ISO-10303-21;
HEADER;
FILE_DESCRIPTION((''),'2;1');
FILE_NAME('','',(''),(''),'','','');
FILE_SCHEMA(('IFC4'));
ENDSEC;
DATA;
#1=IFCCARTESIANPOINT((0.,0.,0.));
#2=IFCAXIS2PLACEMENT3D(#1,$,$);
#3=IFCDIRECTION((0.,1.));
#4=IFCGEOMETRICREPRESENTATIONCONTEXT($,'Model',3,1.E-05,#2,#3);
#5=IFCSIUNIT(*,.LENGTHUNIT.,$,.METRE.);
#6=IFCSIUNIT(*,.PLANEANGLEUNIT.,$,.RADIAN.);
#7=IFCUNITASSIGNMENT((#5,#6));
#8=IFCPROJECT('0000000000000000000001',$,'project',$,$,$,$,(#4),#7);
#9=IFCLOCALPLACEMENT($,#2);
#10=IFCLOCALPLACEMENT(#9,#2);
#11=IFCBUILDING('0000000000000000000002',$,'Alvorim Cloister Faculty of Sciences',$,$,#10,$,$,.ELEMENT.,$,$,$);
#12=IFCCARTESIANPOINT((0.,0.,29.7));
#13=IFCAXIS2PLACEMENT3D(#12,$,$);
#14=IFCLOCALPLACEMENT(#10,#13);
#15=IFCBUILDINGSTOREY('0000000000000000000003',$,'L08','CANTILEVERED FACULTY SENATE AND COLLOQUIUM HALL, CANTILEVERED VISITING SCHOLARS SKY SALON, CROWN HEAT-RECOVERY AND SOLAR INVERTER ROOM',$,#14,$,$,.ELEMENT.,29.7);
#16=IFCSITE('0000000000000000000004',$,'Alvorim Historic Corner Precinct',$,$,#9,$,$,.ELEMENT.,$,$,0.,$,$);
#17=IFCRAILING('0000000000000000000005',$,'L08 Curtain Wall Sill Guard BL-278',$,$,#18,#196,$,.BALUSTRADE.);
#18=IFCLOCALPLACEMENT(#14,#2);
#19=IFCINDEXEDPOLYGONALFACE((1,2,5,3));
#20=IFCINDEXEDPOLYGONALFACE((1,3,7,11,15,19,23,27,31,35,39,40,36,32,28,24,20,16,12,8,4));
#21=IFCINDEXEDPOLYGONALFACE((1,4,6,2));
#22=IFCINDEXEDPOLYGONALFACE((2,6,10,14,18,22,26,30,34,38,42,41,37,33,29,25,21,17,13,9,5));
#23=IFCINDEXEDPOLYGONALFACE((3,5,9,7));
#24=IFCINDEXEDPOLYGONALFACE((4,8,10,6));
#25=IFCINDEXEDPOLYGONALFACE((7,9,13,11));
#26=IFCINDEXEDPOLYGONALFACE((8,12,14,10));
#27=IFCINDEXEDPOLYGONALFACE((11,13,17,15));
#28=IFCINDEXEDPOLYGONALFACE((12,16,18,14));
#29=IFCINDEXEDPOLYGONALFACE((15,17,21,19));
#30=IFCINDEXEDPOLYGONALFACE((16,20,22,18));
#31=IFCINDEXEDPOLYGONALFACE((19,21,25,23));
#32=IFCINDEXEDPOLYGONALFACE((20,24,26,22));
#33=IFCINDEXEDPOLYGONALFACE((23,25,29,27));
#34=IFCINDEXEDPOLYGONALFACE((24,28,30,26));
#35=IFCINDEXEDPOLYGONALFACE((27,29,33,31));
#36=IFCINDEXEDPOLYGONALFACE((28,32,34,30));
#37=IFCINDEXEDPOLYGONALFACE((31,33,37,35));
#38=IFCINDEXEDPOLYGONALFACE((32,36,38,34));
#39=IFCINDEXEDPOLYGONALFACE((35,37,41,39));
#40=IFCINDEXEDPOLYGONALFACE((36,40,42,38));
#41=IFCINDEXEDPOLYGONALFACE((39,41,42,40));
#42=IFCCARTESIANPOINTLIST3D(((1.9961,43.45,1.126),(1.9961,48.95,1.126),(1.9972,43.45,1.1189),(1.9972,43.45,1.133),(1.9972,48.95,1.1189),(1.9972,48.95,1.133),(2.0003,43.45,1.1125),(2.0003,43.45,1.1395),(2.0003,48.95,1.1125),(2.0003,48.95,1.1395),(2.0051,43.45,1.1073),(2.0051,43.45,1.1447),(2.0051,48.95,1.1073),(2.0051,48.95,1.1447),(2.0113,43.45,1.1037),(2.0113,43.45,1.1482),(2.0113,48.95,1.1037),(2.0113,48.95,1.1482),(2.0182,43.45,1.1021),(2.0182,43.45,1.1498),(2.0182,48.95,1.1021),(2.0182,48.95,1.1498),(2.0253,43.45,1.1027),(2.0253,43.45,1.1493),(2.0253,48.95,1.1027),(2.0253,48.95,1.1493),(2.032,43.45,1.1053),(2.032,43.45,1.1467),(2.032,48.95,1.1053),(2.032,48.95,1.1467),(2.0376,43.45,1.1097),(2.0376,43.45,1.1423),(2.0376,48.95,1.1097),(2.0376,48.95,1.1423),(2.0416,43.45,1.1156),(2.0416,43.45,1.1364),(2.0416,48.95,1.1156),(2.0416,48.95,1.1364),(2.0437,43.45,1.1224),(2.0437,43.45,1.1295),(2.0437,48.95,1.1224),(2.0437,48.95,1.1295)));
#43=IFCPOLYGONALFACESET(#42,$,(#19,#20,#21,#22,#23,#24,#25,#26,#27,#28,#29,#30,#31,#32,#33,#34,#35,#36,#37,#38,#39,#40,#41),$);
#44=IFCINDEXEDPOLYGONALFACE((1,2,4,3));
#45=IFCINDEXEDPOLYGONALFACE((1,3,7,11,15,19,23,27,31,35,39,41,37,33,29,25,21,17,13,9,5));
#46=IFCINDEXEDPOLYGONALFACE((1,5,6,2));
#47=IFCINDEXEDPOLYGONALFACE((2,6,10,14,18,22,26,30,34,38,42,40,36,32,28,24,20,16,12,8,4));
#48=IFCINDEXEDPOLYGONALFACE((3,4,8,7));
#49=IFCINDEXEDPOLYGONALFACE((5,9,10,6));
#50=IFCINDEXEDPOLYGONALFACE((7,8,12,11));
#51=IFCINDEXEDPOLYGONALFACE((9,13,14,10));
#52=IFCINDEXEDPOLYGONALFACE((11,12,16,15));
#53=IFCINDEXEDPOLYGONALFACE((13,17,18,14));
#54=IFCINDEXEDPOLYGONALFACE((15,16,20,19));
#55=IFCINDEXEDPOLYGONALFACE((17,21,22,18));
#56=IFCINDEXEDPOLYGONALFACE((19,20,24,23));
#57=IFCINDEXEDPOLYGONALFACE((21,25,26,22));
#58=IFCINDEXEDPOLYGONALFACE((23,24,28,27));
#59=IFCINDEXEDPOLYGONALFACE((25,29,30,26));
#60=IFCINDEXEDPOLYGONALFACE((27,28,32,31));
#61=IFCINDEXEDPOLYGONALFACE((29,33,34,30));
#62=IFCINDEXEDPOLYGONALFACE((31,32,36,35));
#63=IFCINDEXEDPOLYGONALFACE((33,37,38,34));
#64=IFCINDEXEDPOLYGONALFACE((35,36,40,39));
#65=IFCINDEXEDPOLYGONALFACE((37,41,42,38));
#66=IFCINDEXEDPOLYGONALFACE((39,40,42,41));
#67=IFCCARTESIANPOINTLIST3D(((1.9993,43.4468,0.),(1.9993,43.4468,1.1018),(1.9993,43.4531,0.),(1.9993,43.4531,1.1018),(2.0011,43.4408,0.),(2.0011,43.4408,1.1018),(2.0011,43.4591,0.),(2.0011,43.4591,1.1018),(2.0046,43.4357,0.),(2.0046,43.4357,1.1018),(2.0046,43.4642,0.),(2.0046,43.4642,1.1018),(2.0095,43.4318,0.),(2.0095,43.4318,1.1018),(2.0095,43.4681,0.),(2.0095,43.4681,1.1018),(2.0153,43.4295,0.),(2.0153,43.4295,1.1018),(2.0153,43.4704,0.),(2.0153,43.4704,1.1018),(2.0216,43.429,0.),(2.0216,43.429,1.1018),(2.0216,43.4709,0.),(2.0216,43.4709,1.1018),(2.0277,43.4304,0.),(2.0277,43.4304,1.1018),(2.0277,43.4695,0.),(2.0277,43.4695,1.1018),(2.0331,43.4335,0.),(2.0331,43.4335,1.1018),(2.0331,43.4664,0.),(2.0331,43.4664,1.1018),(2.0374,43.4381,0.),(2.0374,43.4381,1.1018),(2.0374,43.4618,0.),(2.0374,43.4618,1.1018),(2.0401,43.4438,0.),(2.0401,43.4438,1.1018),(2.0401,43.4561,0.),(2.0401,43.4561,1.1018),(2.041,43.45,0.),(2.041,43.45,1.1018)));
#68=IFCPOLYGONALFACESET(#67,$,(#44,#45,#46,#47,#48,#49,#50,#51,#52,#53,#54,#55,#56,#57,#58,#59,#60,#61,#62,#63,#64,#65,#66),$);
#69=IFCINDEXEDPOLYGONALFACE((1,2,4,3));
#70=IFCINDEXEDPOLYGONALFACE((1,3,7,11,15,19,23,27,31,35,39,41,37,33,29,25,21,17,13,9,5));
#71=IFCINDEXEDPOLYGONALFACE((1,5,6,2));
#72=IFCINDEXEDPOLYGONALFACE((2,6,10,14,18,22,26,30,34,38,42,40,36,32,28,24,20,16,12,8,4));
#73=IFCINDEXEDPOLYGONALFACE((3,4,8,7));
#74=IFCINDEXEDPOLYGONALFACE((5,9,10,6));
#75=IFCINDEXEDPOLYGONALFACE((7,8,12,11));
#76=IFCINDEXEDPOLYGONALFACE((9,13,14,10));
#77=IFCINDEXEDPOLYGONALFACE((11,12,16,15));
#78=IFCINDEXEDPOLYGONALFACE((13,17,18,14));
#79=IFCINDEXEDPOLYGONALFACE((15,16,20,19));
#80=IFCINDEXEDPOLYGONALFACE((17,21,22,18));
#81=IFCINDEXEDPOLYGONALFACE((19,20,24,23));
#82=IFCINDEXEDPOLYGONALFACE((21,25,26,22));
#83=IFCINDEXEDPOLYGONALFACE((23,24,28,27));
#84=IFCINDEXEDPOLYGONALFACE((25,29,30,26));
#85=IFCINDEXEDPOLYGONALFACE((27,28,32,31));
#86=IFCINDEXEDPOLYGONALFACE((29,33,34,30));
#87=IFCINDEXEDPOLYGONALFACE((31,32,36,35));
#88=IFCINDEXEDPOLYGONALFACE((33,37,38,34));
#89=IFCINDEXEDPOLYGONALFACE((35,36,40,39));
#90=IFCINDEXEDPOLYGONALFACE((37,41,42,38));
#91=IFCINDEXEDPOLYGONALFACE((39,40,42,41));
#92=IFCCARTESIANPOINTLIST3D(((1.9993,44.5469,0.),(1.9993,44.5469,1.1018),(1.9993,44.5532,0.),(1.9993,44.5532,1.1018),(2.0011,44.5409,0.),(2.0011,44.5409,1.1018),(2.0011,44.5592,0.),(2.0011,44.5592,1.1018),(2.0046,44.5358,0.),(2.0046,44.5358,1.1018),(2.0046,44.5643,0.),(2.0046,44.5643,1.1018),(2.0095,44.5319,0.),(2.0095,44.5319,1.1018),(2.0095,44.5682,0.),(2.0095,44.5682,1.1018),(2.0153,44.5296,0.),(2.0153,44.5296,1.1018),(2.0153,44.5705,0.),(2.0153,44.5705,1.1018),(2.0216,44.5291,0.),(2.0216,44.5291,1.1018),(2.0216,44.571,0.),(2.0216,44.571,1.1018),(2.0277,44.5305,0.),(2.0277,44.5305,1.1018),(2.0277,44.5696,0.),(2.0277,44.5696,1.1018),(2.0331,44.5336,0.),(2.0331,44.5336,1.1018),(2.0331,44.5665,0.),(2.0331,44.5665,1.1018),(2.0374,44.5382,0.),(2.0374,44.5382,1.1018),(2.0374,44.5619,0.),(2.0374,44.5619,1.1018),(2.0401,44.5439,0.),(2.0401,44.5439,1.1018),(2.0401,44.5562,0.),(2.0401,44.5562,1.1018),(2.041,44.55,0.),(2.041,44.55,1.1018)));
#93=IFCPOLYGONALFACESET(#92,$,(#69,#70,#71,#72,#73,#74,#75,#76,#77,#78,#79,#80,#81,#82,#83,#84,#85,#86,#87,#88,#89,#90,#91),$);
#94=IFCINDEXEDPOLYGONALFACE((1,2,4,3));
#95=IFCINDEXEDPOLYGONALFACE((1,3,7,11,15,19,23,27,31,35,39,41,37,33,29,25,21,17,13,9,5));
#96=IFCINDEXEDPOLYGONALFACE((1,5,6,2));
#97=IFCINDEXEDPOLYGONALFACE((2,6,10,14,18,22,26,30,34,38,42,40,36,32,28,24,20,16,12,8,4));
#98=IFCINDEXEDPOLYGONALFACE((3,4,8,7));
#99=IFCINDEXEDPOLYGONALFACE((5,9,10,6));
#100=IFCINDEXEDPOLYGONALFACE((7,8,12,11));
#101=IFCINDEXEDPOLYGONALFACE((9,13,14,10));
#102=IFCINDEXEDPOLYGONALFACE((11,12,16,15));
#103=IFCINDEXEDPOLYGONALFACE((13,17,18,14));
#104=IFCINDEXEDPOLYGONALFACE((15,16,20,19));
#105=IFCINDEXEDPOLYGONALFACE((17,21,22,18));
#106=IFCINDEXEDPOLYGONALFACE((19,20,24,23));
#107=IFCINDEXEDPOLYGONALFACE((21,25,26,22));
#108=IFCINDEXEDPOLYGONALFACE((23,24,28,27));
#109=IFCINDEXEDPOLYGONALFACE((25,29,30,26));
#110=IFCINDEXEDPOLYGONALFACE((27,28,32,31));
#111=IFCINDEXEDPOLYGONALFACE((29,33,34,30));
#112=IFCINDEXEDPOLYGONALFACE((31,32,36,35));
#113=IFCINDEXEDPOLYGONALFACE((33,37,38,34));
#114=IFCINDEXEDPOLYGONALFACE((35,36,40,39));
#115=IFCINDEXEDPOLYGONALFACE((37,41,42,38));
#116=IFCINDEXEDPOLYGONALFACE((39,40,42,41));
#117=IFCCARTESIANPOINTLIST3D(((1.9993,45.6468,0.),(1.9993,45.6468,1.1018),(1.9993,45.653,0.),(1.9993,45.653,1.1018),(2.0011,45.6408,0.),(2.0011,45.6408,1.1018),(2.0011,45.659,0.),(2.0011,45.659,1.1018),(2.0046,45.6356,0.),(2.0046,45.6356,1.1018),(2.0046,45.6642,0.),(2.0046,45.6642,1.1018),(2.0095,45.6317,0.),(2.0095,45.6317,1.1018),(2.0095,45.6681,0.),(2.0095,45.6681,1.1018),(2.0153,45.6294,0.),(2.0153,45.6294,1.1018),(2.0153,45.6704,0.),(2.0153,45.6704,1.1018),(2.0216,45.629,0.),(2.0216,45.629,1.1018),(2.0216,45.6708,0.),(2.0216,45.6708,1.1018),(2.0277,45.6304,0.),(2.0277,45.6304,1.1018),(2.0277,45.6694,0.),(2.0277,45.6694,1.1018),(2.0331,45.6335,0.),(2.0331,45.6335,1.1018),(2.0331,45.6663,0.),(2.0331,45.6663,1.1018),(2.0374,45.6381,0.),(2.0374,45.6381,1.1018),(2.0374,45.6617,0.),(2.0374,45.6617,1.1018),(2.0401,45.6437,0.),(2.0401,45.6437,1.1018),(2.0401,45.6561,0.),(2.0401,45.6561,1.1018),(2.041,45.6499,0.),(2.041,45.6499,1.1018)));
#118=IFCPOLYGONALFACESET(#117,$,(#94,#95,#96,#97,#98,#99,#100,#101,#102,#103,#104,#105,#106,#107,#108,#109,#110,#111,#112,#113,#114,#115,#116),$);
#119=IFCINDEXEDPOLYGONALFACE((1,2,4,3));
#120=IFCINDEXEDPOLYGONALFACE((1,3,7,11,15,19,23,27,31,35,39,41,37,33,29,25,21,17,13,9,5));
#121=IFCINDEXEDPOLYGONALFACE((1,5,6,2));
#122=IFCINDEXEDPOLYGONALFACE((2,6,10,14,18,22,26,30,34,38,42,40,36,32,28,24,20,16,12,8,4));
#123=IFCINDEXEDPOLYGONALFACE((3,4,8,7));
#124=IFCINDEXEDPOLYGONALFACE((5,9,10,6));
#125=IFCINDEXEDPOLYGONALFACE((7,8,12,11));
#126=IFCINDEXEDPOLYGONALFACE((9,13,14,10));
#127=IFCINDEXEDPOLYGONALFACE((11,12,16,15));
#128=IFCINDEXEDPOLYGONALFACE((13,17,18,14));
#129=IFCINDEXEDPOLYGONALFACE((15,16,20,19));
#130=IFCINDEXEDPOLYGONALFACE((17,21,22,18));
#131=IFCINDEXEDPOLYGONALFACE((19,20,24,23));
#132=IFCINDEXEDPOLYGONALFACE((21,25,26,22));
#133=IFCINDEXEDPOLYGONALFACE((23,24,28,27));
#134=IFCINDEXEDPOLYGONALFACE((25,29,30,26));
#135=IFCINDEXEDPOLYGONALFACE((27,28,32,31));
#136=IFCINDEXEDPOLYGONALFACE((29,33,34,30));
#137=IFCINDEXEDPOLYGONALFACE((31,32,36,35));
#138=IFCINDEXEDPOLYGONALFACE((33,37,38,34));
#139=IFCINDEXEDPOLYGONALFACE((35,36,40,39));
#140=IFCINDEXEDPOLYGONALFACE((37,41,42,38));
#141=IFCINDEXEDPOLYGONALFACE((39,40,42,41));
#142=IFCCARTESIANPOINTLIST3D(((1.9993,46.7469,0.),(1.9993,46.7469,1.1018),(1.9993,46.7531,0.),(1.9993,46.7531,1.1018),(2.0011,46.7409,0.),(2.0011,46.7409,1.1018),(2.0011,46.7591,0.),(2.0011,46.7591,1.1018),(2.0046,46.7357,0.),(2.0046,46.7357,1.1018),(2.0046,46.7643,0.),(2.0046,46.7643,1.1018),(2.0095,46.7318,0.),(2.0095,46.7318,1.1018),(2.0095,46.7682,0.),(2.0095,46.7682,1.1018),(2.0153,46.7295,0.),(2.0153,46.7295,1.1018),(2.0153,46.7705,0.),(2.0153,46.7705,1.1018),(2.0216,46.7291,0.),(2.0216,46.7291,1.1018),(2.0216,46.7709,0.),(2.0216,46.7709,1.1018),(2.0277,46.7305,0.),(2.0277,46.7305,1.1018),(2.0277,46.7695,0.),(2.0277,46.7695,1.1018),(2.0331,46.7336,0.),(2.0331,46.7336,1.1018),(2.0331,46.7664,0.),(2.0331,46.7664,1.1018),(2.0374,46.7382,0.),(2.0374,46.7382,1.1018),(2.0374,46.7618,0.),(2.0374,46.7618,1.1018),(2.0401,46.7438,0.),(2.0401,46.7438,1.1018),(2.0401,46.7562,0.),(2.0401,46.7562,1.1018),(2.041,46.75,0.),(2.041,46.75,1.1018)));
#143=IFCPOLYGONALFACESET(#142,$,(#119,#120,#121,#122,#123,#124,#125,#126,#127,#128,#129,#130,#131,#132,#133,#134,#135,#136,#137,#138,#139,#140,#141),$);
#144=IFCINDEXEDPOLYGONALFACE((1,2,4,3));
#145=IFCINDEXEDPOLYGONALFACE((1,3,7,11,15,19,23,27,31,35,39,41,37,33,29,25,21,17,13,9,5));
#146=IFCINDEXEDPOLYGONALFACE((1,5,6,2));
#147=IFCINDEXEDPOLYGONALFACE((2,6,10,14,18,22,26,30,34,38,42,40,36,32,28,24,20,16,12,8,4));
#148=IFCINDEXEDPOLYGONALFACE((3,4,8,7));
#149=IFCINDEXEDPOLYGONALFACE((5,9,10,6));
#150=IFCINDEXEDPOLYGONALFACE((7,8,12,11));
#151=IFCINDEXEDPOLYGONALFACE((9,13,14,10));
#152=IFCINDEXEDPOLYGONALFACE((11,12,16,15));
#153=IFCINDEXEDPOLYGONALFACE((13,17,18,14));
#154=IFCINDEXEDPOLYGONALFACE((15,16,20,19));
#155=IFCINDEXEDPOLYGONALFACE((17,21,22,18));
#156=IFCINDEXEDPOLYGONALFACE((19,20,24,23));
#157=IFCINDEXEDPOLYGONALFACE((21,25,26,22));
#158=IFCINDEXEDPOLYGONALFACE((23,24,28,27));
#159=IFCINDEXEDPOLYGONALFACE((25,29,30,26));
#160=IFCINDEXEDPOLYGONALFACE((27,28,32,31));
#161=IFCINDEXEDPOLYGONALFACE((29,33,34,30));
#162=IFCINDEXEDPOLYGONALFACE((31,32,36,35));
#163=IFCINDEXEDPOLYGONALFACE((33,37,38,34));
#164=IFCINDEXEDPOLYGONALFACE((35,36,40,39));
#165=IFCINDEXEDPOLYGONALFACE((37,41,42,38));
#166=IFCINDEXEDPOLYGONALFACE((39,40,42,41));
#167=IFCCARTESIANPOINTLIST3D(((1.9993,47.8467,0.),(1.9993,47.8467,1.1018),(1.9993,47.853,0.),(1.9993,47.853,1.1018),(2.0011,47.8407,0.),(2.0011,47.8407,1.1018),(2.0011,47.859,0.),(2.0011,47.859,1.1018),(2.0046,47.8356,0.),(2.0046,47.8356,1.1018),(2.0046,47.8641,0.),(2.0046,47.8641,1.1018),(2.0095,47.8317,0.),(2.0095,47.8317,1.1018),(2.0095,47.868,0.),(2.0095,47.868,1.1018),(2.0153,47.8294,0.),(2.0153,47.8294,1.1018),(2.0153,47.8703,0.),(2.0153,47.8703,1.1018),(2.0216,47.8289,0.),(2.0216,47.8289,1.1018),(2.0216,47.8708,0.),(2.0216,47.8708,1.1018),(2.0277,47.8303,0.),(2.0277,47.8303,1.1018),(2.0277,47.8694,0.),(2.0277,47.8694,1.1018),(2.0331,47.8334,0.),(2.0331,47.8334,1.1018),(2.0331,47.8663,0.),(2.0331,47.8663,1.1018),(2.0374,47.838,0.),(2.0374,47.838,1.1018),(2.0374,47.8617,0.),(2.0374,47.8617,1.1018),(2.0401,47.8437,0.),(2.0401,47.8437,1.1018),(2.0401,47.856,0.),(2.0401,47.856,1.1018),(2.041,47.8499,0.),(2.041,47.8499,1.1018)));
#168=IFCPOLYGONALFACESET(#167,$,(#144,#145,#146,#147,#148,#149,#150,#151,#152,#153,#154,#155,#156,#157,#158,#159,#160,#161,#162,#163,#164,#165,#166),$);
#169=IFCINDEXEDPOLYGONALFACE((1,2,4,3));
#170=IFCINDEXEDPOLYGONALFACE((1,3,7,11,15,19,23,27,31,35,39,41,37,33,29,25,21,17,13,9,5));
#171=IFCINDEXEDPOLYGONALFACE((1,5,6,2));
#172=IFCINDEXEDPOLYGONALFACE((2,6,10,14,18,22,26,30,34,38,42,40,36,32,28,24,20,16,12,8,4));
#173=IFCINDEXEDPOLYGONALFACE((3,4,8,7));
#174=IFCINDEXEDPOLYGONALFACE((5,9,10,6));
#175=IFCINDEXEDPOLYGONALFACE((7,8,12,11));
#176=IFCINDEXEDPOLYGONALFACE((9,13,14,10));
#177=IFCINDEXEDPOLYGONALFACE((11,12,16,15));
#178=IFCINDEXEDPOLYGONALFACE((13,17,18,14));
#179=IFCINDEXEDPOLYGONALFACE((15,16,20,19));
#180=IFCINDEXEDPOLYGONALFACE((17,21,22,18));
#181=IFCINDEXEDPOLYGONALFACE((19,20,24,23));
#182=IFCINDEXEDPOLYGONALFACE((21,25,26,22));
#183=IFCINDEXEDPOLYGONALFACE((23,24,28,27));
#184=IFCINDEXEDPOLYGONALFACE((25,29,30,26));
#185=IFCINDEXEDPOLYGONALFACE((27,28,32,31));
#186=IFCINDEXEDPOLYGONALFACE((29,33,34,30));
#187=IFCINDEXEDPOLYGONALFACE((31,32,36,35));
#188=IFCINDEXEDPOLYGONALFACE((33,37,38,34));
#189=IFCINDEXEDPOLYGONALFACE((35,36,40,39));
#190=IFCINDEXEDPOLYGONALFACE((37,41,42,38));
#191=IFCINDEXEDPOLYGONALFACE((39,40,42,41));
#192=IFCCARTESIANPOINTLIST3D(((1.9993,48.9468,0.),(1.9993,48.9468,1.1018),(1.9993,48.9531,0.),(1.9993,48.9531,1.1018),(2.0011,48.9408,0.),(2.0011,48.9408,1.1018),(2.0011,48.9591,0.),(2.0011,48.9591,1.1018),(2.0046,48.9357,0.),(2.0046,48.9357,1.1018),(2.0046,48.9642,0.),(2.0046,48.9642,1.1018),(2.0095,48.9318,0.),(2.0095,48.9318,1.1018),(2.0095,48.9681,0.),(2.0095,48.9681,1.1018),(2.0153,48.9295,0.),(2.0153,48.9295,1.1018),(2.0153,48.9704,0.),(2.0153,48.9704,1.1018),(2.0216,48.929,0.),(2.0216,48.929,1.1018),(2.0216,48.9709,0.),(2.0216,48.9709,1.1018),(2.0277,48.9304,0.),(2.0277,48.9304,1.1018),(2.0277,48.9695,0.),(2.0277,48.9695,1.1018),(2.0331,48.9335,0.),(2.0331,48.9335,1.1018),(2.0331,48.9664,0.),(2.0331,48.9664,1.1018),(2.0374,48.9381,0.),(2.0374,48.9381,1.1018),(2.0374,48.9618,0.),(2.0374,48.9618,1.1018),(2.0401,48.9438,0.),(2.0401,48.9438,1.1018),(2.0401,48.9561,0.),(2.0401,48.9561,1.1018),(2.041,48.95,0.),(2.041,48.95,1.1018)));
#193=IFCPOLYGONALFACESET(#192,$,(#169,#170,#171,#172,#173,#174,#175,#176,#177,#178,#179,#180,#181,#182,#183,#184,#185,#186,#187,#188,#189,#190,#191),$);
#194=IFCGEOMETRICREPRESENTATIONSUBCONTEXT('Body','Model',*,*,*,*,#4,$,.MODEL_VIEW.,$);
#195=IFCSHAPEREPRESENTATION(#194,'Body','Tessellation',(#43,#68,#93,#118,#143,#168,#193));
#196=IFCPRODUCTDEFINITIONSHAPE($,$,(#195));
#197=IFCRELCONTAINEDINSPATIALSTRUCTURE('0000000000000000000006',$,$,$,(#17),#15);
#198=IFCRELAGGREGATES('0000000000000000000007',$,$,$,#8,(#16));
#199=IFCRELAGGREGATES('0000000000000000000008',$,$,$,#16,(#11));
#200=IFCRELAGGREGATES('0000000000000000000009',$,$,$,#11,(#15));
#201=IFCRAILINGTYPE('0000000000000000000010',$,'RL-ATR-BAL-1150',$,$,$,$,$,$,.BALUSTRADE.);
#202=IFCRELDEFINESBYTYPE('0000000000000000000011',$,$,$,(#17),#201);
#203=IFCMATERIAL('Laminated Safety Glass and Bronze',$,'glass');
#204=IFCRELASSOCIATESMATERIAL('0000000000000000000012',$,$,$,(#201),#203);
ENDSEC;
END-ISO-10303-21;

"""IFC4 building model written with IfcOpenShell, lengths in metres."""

from ifc_helpers import new_model, si_unit, direction, frame, origin, origin_2d, place, context, subcontext, project, spatial, circle, extrude, material, type_object, element, save


model = new_model("IFC4")

# Units and contexts
model_context = context("Model", 3, precision=1e-05, world=origin(), true_north=direction((0.0, 1.0)))
body_context = subcontext(model_context, "Body", "Model", "MODEL_VIEW")
ifc_project = project(units=[si_unit("LENGTHUNIT", "METRE"), si_unit("PLANEANGLEUNIT", "RADIAN")], contexts=[model_context])

# Site, building, storey
site_placement = place(None, origin())
site = spatial("IfcSite", under=ifc_project, at=site_placement, Name="Alvorim Historic Corner Precinct", CompositionType="ELEMENT", RefElevation=0.0)
building_placement = place(site_placement, origin())
building = spatial("IfcBuilding", under=site, at=building_placement, Name="Alvorim Cloister Faculty of Sciences", CompositionType="ELEMENT")
storey_placement = place(building_placement, frame((0.0, 0.0, 29.7)))
storey = spatial("IfcBuildingStorey", under=building, at=storey_placement, Name="L08", Description="CANTILEVERED FACULTY SENATE AND COLLOQUIUM HALL, CANTILEVERED VISITING SCHOLARS SKY SALON, CROWN HEAT-RECOVERY AND SOLAR INVERTER ROOM", CompositionType="ELEMENT", Elevation=29.7)

# Railing
ifc_material_1 = material(Name="Laminated Safety Glass and Bronze", Category="glass")
railing_type = type_object("IfcRailingType", Name="RL-ATR-BAL-1150", PredefinedType="BALUSTRADE", material=ifc_material_1)
railing_1_placement = place(storey_placement, frame((2.02, 43.45, 0.0)))
element("IfcRailing", 1, at=railing_1_placement, inside=storey, type_object=railing_type, Name="L08 Curtain Wall Sill Guard BL-278", PredefinedType="BALUSTRADE", context=body_context, shape_type="SweptSolid", body=[
    extrude(circle(Radius=0.0239, at=origin_2d()), frame((0.0, 0.0, 1.126), z_axis=(0.0, 1.0, 0.0), x_axis=(-1.0, 0.0, 0.0)), (0.0, 0.0, 1.0), 5.5),
    extrude(circle(Radius=0.021, at=origin_2d()), origin(), (0.0, 0.0, 1.0), 1.1018),
    extrude(circle(Radius=0.021, at=origin_2d()), frame((0.0, 1.1001, 0.0)), (0.0, 0.0, 1.0), 1.1018),
    extrude(circle(Radius=0.021, at=origin_2d()), frame((0.0, 2.2, 0.0)), (0.0, 0.0, 1.0), 1.1018),
    extrude(circle(Radius=0.021, at=origin_2d()), frame((0.0, 3.3, 0.0)), (0.0, 0.0, 1.0), 1.1018),
    extrude(circle(Radius=0.021, at=origin_2d()), frame((0.0, 4.3999, 0.0)), (0.0, 0.0, 1.0), 1.1018),
    extrude(circle(Radius=0.021, at=origin_2d()), frame((0.0, 5.5, 0.0)), (0.0, 0.0, 1.0), 1.1018),
])

save(model, "model.ifc")
